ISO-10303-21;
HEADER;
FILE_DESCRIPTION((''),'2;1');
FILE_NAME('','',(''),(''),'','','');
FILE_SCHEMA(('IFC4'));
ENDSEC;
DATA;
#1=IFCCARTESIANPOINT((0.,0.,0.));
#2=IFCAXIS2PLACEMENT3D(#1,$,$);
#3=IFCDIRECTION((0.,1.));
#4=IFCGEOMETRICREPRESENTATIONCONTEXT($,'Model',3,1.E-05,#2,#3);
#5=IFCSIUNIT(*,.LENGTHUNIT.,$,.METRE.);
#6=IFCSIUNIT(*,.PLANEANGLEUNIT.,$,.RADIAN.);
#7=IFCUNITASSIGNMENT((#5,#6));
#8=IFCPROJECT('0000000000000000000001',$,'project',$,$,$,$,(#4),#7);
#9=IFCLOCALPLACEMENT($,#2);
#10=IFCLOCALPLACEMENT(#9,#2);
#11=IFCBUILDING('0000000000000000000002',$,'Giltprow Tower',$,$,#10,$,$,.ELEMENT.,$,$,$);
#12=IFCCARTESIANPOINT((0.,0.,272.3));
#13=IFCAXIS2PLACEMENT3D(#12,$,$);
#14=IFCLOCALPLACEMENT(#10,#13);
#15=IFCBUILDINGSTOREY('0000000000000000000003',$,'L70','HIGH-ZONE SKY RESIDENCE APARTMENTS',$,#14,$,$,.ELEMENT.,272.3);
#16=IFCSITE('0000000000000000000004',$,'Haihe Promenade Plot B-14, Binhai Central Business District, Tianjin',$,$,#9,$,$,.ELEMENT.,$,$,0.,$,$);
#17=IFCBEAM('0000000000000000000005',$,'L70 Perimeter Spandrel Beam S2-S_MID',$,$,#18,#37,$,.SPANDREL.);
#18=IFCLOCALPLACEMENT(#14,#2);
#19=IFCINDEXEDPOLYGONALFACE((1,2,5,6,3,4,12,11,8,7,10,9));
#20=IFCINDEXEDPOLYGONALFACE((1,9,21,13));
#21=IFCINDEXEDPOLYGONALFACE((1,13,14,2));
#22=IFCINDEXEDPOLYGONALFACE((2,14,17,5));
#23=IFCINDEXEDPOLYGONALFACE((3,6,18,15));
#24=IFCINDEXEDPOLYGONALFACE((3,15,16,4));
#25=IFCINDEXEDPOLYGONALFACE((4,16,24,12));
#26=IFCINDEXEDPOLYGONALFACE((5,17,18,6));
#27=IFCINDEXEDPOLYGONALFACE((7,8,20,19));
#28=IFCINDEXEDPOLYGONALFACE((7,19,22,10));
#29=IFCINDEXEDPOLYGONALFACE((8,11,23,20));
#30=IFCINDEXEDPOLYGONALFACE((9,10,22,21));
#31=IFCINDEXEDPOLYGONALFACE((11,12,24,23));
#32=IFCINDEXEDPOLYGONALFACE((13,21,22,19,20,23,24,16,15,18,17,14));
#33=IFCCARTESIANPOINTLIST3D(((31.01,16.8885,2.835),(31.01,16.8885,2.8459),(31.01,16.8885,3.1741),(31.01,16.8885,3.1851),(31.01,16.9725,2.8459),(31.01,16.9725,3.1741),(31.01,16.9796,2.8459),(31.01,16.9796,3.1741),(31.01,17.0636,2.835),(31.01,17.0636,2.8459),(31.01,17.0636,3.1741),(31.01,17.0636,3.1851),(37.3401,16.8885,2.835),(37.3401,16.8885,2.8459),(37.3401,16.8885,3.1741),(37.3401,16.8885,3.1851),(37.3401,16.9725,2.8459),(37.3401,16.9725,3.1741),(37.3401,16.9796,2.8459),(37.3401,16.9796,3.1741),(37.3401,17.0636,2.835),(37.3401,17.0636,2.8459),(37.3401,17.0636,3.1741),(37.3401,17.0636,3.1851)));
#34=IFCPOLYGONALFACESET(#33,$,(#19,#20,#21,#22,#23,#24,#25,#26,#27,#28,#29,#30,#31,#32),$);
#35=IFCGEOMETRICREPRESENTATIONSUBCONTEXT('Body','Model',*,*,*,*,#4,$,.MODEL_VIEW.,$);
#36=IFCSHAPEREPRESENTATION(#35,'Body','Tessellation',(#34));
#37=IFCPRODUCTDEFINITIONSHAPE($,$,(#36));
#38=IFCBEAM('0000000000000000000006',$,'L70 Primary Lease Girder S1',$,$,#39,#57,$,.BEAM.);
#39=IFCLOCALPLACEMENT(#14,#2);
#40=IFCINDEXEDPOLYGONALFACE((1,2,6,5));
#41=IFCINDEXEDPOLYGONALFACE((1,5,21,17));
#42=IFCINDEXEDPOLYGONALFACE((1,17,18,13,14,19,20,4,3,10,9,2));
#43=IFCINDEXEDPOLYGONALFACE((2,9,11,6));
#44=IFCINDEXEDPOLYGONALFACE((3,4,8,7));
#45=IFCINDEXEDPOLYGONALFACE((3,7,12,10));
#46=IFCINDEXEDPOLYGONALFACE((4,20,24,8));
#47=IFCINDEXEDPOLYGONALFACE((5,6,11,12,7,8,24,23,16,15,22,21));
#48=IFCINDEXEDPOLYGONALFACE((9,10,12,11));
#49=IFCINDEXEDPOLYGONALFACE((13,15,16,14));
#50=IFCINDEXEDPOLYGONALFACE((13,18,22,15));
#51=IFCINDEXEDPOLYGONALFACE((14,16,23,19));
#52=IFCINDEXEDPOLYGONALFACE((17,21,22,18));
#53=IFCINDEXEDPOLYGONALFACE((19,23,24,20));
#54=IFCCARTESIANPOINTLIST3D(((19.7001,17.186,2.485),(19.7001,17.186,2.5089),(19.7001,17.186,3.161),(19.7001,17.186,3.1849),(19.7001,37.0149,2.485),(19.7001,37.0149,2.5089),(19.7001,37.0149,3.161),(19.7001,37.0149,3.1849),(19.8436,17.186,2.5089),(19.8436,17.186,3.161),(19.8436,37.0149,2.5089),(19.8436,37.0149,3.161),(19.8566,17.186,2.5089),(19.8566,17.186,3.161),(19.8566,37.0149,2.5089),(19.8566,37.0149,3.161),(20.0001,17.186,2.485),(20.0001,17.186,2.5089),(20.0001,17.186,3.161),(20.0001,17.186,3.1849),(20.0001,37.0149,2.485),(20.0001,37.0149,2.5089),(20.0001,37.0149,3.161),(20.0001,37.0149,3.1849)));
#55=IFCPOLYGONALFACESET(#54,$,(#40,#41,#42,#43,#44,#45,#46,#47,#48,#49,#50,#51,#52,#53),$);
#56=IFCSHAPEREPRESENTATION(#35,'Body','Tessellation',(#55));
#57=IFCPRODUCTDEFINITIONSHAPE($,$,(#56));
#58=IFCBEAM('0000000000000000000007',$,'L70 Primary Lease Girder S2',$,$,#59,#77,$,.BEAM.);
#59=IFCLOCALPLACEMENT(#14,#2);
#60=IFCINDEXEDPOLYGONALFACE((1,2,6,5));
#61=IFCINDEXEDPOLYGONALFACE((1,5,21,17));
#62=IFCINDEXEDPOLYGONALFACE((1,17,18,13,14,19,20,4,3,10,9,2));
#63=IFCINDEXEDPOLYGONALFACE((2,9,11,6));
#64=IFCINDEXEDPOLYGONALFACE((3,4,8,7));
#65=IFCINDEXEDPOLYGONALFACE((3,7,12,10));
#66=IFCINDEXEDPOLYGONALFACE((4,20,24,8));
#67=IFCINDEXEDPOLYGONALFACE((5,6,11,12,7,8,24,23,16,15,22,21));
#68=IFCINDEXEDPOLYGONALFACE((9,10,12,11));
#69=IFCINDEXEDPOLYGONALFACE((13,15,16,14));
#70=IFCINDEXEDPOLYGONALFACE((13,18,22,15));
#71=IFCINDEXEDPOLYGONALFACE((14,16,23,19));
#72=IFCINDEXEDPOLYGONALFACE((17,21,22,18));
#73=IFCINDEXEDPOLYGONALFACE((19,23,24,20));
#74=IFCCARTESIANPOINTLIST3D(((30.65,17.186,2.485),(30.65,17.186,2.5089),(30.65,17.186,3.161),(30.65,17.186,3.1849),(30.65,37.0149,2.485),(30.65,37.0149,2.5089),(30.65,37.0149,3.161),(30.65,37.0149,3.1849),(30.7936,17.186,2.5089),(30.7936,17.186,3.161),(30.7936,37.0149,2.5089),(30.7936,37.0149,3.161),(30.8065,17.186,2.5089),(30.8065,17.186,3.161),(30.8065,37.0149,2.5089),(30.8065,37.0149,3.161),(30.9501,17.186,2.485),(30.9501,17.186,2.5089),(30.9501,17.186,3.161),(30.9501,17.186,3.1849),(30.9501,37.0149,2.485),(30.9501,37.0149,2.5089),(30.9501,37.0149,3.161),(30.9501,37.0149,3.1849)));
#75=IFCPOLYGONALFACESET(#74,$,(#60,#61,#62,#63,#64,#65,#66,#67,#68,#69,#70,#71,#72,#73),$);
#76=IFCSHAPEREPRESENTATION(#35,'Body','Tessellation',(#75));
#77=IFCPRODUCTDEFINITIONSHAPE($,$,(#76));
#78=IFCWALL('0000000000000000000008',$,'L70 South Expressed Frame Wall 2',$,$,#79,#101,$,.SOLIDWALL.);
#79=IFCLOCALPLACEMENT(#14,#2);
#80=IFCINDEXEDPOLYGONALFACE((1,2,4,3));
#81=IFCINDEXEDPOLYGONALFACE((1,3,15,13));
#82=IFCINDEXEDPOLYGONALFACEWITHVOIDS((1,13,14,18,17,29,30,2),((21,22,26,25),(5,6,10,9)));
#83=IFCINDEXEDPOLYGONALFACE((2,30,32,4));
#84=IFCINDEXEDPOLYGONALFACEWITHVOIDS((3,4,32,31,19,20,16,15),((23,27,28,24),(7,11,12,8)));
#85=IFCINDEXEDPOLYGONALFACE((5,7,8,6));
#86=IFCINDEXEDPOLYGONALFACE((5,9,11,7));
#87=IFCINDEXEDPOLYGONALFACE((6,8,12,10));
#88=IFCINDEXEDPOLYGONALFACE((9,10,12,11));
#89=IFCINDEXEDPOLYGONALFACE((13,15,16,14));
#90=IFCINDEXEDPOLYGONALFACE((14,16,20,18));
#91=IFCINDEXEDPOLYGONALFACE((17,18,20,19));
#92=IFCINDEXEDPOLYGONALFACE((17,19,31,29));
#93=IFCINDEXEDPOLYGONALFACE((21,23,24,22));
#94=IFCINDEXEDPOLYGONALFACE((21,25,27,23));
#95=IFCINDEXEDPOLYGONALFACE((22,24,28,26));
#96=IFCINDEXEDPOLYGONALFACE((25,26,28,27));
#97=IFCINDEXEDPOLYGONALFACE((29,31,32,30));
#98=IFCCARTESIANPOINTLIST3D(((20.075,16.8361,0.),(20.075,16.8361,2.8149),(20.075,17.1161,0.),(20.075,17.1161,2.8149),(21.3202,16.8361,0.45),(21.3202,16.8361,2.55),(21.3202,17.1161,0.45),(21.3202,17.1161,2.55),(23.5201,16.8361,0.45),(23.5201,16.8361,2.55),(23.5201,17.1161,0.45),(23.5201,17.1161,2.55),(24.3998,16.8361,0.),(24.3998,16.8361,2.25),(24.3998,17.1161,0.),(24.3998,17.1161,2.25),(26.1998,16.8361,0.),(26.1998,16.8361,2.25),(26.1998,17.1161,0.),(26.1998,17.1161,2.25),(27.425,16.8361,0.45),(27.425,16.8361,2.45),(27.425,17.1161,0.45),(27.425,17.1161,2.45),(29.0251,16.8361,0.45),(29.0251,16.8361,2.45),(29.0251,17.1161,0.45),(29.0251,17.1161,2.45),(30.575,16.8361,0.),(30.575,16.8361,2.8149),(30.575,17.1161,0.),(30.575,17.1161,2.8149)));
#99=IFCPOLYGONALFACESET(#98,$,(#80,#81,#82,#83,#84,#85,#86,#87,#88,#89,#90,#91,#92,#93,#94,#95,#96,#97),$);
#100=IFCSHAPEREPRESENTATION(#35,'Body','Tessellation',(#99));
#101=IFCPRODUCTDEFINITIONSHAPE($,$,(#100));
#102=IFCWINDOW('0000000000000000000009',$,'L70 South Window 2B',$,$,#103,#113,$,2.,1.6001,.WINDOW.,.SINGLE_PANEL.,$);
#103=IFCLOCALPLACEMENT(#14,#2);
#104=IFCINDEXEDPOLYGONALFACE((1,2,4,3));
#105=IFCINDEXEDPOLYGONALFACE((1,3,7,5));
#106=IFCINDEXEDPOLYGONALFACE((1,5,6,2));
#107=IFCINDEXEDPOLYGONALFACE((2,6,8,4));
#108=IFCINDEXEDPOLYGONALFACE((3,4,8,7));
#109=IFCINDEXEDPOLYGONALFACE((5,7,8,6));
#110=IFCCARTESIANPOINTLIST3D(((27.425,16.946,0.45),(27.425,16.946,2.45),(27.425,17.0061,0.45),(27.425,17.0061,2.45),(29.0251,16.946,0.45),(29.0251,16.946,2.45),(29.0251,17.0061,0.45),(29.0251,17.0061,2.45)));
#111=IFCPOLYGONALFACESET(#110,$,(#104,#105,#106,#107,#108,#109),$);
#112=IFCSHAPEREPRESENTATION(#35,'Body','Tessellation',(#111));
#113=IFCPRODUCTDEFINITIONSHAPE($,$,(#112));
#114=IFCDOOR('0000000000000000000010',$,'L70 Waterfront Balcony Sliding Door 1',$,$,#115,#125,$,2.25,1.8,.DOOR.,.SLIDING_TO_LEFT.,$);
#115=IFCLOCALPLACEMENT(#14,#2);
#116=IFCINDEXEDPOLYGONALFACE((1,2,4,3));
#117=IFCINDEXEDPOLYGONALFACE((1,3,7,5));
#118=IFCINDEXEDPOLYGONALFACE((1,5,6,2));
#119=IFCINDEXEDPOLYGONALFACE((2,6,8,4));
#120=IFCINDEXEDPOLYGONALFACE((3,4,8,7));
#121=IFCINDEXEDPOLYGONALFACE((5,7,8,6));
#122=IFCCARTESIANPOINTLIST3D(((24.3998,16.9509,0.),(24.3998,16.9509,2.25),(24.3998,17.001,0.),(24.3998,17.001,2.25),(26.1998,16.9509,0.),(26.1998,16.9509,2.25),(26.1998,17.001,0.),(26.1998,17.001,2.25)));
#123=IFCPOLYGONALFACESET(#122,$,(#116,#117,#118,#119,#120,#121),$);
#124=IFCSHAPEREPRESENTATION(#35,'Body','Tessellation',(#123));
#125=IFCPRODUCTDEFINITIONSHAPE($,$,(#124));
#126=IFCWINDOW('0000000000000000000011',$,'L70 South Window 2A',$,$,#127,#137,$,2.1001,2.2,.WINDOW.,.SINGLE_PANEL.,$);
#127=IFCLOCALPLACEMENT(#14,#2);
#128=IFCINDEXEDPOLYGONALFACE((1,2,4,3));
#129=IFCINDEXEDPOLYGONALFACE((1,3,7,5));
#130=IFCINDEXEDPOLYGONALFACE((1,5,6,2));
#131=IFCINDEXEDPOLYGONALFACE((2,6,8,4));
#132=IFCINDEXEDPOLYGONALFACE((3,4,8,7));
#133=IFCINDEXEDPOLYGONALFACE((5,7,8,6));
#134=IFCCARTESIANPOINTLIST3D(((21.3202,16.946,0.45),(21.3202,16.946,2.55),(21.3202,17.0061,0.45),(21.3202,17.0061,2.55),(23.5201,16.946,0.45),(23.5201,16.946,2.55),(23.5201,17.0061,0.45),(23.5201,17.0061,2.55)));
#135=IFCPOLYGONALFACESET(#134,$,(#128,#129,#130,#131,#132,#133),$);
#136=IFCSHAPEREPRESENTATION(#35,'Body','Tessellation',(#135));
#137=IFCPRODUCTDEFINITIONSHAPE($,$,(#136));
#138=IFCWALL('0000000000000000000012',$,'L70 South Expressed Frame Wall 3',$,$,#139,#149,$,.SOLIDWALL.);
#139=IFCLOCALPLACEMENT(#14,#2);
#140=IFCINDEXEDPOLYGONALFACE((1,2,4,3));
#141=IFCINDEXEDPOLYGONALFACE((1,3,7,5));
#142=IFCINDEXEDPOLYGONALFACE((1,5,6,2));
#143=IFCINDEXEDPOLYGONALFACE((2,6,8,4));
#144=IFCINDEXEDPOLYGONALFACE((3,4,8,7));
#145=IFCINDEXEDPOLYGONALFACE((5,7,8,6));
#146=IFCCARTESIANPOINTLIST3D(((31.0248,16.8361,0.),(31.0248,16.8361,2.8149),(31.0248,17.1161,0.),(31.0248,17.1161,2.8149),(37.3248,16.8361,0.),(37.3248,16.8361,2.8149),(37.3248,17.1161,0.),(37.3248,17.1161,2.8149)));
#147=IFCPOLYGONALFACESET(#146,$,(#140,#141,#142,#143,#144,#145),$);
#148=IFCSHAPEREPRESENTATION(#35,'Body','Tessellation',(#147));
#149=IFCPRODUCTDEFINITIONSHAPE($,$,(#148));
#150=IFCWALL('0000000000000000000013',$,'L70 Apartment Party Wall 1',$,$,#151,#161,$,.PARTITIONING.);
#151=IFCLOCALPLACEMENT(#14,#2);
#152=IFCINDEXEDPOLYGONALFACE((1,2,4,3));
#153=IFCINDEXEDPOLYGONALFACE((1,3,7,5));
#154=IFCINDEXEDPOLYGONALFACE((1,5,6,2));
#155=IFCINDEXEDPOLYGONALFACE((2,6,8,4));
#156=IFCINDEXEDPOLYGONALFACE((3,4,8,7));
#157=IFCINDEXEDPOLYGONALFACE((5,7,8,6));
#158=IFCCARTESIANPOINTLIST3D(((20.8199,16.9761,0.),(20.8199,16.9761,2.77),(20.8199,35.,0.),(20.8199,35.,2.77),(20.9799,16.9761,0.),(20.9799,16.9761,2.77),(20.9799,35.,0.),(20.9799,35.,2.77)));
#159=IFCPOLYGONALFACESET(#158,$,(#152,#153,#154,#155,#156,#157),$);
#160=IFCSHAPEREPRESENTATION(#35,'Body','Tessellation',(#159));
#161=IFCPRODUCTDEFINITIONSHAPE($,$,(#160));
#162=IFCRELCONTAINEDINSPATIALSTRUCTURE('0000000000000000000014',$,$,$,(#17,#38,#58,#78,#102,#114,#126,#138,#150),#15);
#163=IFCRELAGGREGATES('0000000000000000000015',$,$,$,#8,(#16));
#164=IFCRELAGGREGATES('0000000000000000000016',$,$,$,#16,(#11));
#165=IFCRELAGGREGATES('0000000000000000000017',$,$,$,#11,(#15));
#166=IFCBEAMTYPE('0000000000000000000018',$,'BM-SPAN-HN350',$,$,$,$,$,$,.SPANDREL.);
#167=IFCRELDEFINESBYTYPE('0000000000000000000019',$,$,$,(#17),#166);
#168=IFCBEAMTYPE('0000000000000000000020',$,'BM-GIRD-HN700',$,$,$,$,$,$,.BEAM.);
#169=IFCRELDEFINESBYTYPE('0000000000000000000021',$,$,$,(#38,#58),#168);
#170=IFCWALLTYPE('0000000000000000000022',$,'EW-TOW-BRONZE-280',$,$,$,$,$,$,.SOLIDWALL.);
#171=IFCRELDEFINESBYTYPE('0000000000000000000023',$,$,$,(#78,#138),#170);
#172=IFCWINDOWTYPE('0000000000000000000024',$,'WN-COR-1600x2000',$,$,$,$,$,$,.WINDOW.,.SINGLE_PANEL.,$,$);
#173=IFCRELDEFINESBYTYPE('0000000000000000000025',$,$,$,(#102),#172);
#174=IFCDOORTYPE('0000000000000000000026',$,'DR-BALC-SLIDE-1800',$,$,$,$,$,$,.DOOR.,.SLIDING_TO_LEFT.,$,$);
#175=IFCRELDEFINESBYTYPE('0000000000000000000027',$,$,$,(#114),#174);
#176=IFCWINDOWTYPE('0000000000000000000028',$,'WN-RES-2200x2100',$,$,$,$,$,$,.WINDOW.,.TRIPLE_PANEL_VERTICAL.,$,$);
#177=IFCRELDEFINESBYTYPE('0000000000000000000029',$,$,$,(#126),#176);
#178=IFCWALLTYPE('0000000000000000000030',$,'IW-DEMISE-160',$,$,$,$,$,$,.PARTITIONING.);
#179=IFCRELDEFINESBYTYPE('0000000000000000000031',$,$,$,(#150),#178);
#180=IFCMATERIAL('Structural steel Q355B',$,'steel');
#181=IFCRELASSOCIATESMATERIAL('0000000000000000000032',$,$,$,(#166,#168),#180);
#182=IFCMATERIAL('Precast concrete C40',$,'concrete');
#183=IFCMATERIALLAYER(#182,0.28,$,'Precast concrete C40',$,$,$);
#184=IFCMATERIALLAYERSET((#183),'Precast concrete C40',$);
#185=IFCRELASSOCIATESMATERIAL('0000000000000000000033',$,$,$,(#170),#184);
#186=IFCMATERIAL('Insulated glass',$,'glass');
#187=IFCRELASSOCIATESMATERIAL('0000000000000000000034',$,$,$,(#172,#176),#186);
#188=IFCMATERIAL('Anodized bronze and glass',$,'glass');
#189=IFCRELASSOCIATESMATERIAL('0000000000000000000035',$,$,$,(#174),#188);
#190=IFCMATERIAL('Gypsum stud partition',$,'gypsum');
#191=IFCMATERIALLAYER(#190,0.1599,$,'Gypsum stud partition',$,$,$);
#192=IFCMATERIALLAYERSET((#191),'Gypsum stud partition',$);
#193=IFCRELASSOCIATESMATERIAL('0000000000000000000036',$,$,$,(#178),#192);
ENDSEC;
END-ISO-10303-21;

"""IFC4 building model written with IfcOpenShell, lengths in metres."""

from ifc_helpers import new_model, si_unit, direction, frame, frame_2d, origin, origin_2d, place, context, subcontext, project, spatial, rectangle, i_section, extrude, source, transform, mapped, material, layer, layer_set, material_profile, profile_set, type_object, element, fill, save


model = new_model("IFC4")

# Units and contexts
model_context = context("Model", 3, precision=1e-05, world=origin(), true_north=direction((0.0, 1.0)))
body_context = subcontext(model_context, "Body", "Model", "MODEL_VIEW")
ifc_project = project(units=[si_unit("LENGTHUNIT", "METRE"), si_unit("PLANEANGLEUNIT", "RADIAN")], contexts=[model_context])

# Site, building, storey
site_placement = place(None, origin())
site = spatial("IfcSite", under=ifc_project, at=site_placement, Name="Haihe Promenade Plot B-14, Binhai Central Business District, Tianjin", CompositionType="ELEMENT", RefElevation=0.0)
building_placement = place(site_placement, origin())
building = spatial("IfcBuilding", under=site, at=building_placement, Name="Giltprow Tower", CompositionType="ELEMENT")
storey_placement = place(building_placement, frame((0.0, 0.0, 272.3)))
storey = spatial("IfcBuildingStorey", under=building, at=storey_placement, Name="L70", Description="HIGH-ZONE SKY RESIDENCE APARTMENTS", CompositionType="ELEMENT", Elevation=272.3)

# Shared definitions
ifc_material_1 = material(Name="Structural steel Q355B", Category="steel")

# Beams
ifc_material_profile_1 = material_profile(ifc_material_1, i_section(OverallWidth=0.175, OverallDepth=0.3501, WebThickness=0.0071, FlangeThickness=0.011, at=origin_2d()), Name="HN 350x175x7x11")
ifc_profile_set_1 = profile_set([ifc_material_profile_1], Name="Structural steel Q355B")
beam_type_1 = type_object("IfcBeamType", Name="BM-SPAN-HN350", PredefinedType="SPANDREL", material=ifc_profile_set_1)
shared_shape_1 = source(origin(), body_context, "Body", "SweptSolid", [
    extrude(i_section(OverallWidth=0.175, OverallDepth=0.3501, WebThickness=0.0071, FlangeThickness=0.011, at=origin_2d()), origin(), (0.0, 0.0, 1.0), 6.3301),
])
beam_1_placement = place(storey_placement, frame((31.01, 16.9761, 3.01), z_axis=(1.0, 0.0, 0.0), x_axis=(0.0, 1.0, 0.0)))
element("IfcBeam", 1, at=beam_1_placement, inside=storey, type_object=beam_type_1, Name="L70 Perimeter Spandrel Beam S2-S_MID", PredefinedType="SPANDREL", context=body_context, shape_type="MappedRepresentation", body=[
    mapped(shared_shape_1, transform((0.0, 0.0, 0.0), x_axis=(1.0, 0.0, 0.0), y_axis=(0.0, 1.0, 0.0), z_axis=(0.0, 0.0, 1.0), scale=1.0)),
])
ifc_material_profile_2 = material_profile(ifc_material_1, i_section(OverallWidth=0.3, OverallDepth=0.7, WebThickness=0.0129, FlangeThickness=0.0239, at=origin_2d()), Name="HN 700x300x13x24")
ifc_profile_set_2 = profile_set([ifc_material_profile_2], Name="Structural steel Q355B")
beam_type_2 = type_object("IfcBeamType", Name="BM-GIRD-HN700", PredefinedType="BEAM", material=ifc_profile_set_2)
shared_shape_2 = source(origin(), body_context, "Body", "SweptSolid", [
    extrude(i_section(OverallWidth=0.3, OverallDepth=0.7, WebThickness=0.0129, FlangeThickness=0.0239, at=origin_2d()), origin(), (0.0, 0.0, 1.0), 19.8289),
])
for number, where, z_axis, x_axis, name in (
    (2, (19.8501, 17.186, 2.835), (0.0, 1.0, 0.0), (-1.0, 0.0, 0.0), "L70 Primary Lease Girder S1"),
    (3, (30.8, 17.186, 2.835), (0.0, 1.0, 0.0), (-1.0, 0.0, 0.0), "L70 Primary Lease Girder S2"),
):
    element("IfcBeam", number, at=place(storey_placement, frame(where, z_axis=z_axis, x_axis=x_axis)), inside=storey, type_object=beam_type_2, Name=name, PredefinedType="BEAM", context=body_context, shape_type="MappedRepresentation", body=[
        mapped(shared_shape_2, transform((0.0, 0.0, 0.0), x_axis=(1.0, 0.0, 0.0), y_axis=(0.0, 1.0, 0.0), z_axis=(0.0, 0.0, 1.0), scale=1.0)),
    ])

# Wall, openings, windows, door
ifc_material_2 = material(Name="Precast concrete C40", Category="concrete")
ifc_layer_1 = layer(ifc_material_2, 0.28, Name="Precast concrete C40")
ifc_layer_set_1 = layer_set([ifc_layer_1], Name="Precast concrete C40")
wall_type_1 = type_object("IfcWallType", Name="EW-TOW-BRONZE-280", PredefinedType="SOLIDWALL", material=ifc_layer_set_1)
wall_1_placement = place(storey_placement, frame((20.075, 16.9761, 0.0), z_axis=(0.0, 0.0, 1.0), x_axis=(1.0, 0.0, 0.0)))
wall_1 = element("IfcWall", 4, at=wall_1_placement, inside=storey, type_object=wall_type_1, Name="L70 South Expressed Frame Wall 2", PredefinedType="SOLIDWALL", context=body_context, shape_type="SweptSolid", body=[
    extrude(rectangle(XDim=10.5, YDim=0.28, at=frame_2d((5.25, 0.0))), origin(), (0.0, 0.0, 1.0), 2.8149),
])
opening_1_placement = place(wall_1_placement, frame((4.325, 0.0, 0.0)))
opening_1 = element("IfcOpeningElement", 5, at=opening_1_placement, cuts=wall_1, PredefinedType="OPENING", context=body_context, shape_type="SweptSolid", body=[
    extrude(rectangle(XDim=1.8, YDim=2.25, at=frame_2d((0.8999, 1.125))), frame((0.0, 0.1499, 0.0), z_axis=(0.0, -1.0, 0.0), x_axis=(1.0, 0.0, 0.0)), (0.0, 0.0, 1.0), 0.3),
])
opening_2_placement = place(wall_1_placement, frame((1.2451, 0.0, 0.45)))
opening_2 = element("IfcOpeningElement", 6, at=opening_2_placement, cuts=wall_1, PredefinedType="OPENING", context=body_context, shape_type="SweptSolid", body=[
    extrude(rectangle(XDim=2.2, YDim=2.1001, at=frame_2d((1.1001, 1.05))), frame((0.0, 0.1499, 0.0), z_axis=(0.0, -1.0, 0.0), x_axis=(1.0, 0.0, 0.0)), (0.0, 0.0, 1.0), 0.3),
])
opening_3_placement = place(wall_1_placement, frame((7.3501, 0.0, 0.45)))
opening_3 = element("IfcOpeningElement", 7, at=opening_3_placement, cuts=wall_1, PredefinedType="OPENING", context=body_context, shape_type="SweptSolid", body=[
    extrude(rectangle(XDim=1.6001, YDim=2.0, at=frame_2d((0.8, 1.0))), frame((0.0, 0.1499, 0.0), z_axis=(0.0, -1.0, 0.0), x_axis=(1.0, 0.0, 0.0)), (0.0, 0.0, 1.0), 0.3),
])
ifc_material_3 = material(Name="Insulated glass", Category="glass")
window_type_1 = type_object("IfcWindowType", Name="WN-COR-1600x2000", PartitioningType="SINGLE_PANEL", PredefinedType="WINDOW", material=ifc_material_3)
shared_shape_3 = source(origin(), body_context, "Body", "SweptSolid", [
    extrude(rectangle(XDim=1.6001, YDim=2.0, at=frame_2d((0.8, 1.0))), frame((0.0, 0.03, 0.0), z_axis=(0.0, -1.0, 0.0), x_axis=(1.0, 0.0, 0.0)), (0.0, 0.0, 1.0), 0.0601),
])
window_1_placement = place(opening_3_placement, origin())
window_1 = element("IfcWindow", 8, at=window_1_placement, inside=storey, type_object=window_type_1, Name="L70 South Window 2B", OverallHeight=2.0, OverallWidth=1.6001, PartitioningType="SINGLE_PANEL", PredefinedType="WINDOW", context=body_context, shape_type="MappedRepresentation", body=[
    mapped(shared_shape_3, transform((0.0, 0.0, 0.0), x_axis=(1.0, 0.0, 0.0), y_axis=(0.0, 1.0, 0.0), z_axis=(0.0, 0.0, 1.0), scale=1.0)),
])
fill(opening_3, window_1)
ifc_material_4 = material(Name="Anodized bronze and glass", Category="glass")
door_type_1 = type_object("IfcDoorType", Name="DR-BALC-SLIDE-1800", OperationType="SLIDING_TO_LEFT", PredefinedType="DOOR", material=ifc_material_4)
shared_shape_4 = source(origin(), body_context, "Body", "SweptSolid", [
    extrude(rectangle(XDim=1.8, YDim=2.25, at=frame_2d((0.8999, 1.125))), frame((0.0, 0.0249, 0.0), z_axis=(0.0, -1.0, 0.0), x_axis=(1.0, 0.0, 0.0)), (0.0, 0.0, 1.0), 0.05),
])
door_1_placement = place(opening_1_placement, origin())
door_1 = element("IfcDoor", 9, at=door_1_placement, inside=storey, type_object=door_type_1, Name="L70 Waterfront Balcony Sliding Door 1", OperationType="SLIDING_TO_LEFT", OverallHeight=2.25, OverallWidth=1.8, PredefinedType="DOOR", context=body_context, shape_type="MappedRepresentation", body=[
    mapped(shared_shape_4, transform((0.0, 0.0, 0.0), x_axis=(1.0, 0.0, 0.0), y_axis=(0.0, 1.0, 0.0), z_axis=(0.0, 0.0, 1.0), scale=1.0)),
])
fill(opening_1, door_1)
window_type_2 = type_object("IfcWindowType", Name="WN-RES-2200x2100", PartitioningType="TRIPLE_PANEL_VERTICAL", PredefinedType="WINDOW", material=ifc_material_3)
shared_shape_5 = source(origin(), body_context, "Body", "SweptSolid", [
    extrude(rectangle(XDim=2.2, YDim=2.1001, at=frame_2d((1.1001, 1.05))), frame((0.0, 0.03, 0.0), z_axis=(0.0, -1.0, 0.0), x_axis=(1.0, 0.0, 0.0)), (0.0, 0.0, 1.0), 0.0601),
])
window_2_placement = place(opening_2_placement, origin())
window_2 = element("IfcWindow", 10, at=window_2_placement, inside=storey, type_object=window_type_2, Name="L70 South Window 2A", OverallHeight=2.1001, OverallWidth=2.2, PartitioningType="SINGLE_PANEL", PredefinedType="WINDOW", context=body_context, shape_type="MappedRepresentation", body=[
    mapped(shared_shape_5, transform((0.0, 0.0, 0.0), x_axis=(1.0, 0.0, 0.0), y_axis=(0.0, 1.0, 0.0), z_axis=(0.0, 0.0, 1.0), scale=1.0)),
])
fill(opening_2, window_2)

# Walls
wall_2_placement = place(storey_placement, frame((31.0249, 16.9761, 0.0), z_axis=(0.0, 0.0, 1.0), x_axis=(1.0, 0.0, 0.0)))
element("IfcWall", 11, at=wall_2_placement, inside=storey, type_object=wall_type_1, Name="L70 South Expressed Frame Wall 3", PredefinedType="SOLIDWALL", context=body_context, shape_type="SweptSolid", body=[
    extrude(rectangle(XDim=6.3, YDim=0.28, at=frame_2d((3.1499, 0.0))), origin(), (0.0, 0.0, 1.0), 2.8149),
])
ifc_material_5 = material(Name="Gypsum stud partition", Category="gypsum")
ifc_layer_2 = layer(ifc_material_5, 0.1599, Name="Gypsum stud partition")
ifc_layer_set_2 = layer_set([ifc_layer_2], Name="Gypsum stud partition")
wall_type_2 = type_object("IfcWallType", Name="IW-DEMISE-160", PredefinedType="PARTITIONING", material=ifc_layer_set_2)
wall_3_placement = place(storey_placement, frame((20.8999, 16.9761, 0.0), z_axis=(0.0, 0.0, 1.0), x_axis=(0.0, 1.0, 0.0)))
element("IfcWall", 12, at=wall_3_placement, inside=storey, type_object=wall_type_2, Name="L70 Apartment Party Wall 1", PredefinedType="PARTITIONING", context=body_context, shape_type="SweptSolid", body=[
    extrude(rectangle(XDim=18.0239, YDim=0.1599, at=frame_2d((9.012, 0.0))), origin(), (0.0, 0.0, 1.0), 2.77),
])

save(model, "model.ifc")
